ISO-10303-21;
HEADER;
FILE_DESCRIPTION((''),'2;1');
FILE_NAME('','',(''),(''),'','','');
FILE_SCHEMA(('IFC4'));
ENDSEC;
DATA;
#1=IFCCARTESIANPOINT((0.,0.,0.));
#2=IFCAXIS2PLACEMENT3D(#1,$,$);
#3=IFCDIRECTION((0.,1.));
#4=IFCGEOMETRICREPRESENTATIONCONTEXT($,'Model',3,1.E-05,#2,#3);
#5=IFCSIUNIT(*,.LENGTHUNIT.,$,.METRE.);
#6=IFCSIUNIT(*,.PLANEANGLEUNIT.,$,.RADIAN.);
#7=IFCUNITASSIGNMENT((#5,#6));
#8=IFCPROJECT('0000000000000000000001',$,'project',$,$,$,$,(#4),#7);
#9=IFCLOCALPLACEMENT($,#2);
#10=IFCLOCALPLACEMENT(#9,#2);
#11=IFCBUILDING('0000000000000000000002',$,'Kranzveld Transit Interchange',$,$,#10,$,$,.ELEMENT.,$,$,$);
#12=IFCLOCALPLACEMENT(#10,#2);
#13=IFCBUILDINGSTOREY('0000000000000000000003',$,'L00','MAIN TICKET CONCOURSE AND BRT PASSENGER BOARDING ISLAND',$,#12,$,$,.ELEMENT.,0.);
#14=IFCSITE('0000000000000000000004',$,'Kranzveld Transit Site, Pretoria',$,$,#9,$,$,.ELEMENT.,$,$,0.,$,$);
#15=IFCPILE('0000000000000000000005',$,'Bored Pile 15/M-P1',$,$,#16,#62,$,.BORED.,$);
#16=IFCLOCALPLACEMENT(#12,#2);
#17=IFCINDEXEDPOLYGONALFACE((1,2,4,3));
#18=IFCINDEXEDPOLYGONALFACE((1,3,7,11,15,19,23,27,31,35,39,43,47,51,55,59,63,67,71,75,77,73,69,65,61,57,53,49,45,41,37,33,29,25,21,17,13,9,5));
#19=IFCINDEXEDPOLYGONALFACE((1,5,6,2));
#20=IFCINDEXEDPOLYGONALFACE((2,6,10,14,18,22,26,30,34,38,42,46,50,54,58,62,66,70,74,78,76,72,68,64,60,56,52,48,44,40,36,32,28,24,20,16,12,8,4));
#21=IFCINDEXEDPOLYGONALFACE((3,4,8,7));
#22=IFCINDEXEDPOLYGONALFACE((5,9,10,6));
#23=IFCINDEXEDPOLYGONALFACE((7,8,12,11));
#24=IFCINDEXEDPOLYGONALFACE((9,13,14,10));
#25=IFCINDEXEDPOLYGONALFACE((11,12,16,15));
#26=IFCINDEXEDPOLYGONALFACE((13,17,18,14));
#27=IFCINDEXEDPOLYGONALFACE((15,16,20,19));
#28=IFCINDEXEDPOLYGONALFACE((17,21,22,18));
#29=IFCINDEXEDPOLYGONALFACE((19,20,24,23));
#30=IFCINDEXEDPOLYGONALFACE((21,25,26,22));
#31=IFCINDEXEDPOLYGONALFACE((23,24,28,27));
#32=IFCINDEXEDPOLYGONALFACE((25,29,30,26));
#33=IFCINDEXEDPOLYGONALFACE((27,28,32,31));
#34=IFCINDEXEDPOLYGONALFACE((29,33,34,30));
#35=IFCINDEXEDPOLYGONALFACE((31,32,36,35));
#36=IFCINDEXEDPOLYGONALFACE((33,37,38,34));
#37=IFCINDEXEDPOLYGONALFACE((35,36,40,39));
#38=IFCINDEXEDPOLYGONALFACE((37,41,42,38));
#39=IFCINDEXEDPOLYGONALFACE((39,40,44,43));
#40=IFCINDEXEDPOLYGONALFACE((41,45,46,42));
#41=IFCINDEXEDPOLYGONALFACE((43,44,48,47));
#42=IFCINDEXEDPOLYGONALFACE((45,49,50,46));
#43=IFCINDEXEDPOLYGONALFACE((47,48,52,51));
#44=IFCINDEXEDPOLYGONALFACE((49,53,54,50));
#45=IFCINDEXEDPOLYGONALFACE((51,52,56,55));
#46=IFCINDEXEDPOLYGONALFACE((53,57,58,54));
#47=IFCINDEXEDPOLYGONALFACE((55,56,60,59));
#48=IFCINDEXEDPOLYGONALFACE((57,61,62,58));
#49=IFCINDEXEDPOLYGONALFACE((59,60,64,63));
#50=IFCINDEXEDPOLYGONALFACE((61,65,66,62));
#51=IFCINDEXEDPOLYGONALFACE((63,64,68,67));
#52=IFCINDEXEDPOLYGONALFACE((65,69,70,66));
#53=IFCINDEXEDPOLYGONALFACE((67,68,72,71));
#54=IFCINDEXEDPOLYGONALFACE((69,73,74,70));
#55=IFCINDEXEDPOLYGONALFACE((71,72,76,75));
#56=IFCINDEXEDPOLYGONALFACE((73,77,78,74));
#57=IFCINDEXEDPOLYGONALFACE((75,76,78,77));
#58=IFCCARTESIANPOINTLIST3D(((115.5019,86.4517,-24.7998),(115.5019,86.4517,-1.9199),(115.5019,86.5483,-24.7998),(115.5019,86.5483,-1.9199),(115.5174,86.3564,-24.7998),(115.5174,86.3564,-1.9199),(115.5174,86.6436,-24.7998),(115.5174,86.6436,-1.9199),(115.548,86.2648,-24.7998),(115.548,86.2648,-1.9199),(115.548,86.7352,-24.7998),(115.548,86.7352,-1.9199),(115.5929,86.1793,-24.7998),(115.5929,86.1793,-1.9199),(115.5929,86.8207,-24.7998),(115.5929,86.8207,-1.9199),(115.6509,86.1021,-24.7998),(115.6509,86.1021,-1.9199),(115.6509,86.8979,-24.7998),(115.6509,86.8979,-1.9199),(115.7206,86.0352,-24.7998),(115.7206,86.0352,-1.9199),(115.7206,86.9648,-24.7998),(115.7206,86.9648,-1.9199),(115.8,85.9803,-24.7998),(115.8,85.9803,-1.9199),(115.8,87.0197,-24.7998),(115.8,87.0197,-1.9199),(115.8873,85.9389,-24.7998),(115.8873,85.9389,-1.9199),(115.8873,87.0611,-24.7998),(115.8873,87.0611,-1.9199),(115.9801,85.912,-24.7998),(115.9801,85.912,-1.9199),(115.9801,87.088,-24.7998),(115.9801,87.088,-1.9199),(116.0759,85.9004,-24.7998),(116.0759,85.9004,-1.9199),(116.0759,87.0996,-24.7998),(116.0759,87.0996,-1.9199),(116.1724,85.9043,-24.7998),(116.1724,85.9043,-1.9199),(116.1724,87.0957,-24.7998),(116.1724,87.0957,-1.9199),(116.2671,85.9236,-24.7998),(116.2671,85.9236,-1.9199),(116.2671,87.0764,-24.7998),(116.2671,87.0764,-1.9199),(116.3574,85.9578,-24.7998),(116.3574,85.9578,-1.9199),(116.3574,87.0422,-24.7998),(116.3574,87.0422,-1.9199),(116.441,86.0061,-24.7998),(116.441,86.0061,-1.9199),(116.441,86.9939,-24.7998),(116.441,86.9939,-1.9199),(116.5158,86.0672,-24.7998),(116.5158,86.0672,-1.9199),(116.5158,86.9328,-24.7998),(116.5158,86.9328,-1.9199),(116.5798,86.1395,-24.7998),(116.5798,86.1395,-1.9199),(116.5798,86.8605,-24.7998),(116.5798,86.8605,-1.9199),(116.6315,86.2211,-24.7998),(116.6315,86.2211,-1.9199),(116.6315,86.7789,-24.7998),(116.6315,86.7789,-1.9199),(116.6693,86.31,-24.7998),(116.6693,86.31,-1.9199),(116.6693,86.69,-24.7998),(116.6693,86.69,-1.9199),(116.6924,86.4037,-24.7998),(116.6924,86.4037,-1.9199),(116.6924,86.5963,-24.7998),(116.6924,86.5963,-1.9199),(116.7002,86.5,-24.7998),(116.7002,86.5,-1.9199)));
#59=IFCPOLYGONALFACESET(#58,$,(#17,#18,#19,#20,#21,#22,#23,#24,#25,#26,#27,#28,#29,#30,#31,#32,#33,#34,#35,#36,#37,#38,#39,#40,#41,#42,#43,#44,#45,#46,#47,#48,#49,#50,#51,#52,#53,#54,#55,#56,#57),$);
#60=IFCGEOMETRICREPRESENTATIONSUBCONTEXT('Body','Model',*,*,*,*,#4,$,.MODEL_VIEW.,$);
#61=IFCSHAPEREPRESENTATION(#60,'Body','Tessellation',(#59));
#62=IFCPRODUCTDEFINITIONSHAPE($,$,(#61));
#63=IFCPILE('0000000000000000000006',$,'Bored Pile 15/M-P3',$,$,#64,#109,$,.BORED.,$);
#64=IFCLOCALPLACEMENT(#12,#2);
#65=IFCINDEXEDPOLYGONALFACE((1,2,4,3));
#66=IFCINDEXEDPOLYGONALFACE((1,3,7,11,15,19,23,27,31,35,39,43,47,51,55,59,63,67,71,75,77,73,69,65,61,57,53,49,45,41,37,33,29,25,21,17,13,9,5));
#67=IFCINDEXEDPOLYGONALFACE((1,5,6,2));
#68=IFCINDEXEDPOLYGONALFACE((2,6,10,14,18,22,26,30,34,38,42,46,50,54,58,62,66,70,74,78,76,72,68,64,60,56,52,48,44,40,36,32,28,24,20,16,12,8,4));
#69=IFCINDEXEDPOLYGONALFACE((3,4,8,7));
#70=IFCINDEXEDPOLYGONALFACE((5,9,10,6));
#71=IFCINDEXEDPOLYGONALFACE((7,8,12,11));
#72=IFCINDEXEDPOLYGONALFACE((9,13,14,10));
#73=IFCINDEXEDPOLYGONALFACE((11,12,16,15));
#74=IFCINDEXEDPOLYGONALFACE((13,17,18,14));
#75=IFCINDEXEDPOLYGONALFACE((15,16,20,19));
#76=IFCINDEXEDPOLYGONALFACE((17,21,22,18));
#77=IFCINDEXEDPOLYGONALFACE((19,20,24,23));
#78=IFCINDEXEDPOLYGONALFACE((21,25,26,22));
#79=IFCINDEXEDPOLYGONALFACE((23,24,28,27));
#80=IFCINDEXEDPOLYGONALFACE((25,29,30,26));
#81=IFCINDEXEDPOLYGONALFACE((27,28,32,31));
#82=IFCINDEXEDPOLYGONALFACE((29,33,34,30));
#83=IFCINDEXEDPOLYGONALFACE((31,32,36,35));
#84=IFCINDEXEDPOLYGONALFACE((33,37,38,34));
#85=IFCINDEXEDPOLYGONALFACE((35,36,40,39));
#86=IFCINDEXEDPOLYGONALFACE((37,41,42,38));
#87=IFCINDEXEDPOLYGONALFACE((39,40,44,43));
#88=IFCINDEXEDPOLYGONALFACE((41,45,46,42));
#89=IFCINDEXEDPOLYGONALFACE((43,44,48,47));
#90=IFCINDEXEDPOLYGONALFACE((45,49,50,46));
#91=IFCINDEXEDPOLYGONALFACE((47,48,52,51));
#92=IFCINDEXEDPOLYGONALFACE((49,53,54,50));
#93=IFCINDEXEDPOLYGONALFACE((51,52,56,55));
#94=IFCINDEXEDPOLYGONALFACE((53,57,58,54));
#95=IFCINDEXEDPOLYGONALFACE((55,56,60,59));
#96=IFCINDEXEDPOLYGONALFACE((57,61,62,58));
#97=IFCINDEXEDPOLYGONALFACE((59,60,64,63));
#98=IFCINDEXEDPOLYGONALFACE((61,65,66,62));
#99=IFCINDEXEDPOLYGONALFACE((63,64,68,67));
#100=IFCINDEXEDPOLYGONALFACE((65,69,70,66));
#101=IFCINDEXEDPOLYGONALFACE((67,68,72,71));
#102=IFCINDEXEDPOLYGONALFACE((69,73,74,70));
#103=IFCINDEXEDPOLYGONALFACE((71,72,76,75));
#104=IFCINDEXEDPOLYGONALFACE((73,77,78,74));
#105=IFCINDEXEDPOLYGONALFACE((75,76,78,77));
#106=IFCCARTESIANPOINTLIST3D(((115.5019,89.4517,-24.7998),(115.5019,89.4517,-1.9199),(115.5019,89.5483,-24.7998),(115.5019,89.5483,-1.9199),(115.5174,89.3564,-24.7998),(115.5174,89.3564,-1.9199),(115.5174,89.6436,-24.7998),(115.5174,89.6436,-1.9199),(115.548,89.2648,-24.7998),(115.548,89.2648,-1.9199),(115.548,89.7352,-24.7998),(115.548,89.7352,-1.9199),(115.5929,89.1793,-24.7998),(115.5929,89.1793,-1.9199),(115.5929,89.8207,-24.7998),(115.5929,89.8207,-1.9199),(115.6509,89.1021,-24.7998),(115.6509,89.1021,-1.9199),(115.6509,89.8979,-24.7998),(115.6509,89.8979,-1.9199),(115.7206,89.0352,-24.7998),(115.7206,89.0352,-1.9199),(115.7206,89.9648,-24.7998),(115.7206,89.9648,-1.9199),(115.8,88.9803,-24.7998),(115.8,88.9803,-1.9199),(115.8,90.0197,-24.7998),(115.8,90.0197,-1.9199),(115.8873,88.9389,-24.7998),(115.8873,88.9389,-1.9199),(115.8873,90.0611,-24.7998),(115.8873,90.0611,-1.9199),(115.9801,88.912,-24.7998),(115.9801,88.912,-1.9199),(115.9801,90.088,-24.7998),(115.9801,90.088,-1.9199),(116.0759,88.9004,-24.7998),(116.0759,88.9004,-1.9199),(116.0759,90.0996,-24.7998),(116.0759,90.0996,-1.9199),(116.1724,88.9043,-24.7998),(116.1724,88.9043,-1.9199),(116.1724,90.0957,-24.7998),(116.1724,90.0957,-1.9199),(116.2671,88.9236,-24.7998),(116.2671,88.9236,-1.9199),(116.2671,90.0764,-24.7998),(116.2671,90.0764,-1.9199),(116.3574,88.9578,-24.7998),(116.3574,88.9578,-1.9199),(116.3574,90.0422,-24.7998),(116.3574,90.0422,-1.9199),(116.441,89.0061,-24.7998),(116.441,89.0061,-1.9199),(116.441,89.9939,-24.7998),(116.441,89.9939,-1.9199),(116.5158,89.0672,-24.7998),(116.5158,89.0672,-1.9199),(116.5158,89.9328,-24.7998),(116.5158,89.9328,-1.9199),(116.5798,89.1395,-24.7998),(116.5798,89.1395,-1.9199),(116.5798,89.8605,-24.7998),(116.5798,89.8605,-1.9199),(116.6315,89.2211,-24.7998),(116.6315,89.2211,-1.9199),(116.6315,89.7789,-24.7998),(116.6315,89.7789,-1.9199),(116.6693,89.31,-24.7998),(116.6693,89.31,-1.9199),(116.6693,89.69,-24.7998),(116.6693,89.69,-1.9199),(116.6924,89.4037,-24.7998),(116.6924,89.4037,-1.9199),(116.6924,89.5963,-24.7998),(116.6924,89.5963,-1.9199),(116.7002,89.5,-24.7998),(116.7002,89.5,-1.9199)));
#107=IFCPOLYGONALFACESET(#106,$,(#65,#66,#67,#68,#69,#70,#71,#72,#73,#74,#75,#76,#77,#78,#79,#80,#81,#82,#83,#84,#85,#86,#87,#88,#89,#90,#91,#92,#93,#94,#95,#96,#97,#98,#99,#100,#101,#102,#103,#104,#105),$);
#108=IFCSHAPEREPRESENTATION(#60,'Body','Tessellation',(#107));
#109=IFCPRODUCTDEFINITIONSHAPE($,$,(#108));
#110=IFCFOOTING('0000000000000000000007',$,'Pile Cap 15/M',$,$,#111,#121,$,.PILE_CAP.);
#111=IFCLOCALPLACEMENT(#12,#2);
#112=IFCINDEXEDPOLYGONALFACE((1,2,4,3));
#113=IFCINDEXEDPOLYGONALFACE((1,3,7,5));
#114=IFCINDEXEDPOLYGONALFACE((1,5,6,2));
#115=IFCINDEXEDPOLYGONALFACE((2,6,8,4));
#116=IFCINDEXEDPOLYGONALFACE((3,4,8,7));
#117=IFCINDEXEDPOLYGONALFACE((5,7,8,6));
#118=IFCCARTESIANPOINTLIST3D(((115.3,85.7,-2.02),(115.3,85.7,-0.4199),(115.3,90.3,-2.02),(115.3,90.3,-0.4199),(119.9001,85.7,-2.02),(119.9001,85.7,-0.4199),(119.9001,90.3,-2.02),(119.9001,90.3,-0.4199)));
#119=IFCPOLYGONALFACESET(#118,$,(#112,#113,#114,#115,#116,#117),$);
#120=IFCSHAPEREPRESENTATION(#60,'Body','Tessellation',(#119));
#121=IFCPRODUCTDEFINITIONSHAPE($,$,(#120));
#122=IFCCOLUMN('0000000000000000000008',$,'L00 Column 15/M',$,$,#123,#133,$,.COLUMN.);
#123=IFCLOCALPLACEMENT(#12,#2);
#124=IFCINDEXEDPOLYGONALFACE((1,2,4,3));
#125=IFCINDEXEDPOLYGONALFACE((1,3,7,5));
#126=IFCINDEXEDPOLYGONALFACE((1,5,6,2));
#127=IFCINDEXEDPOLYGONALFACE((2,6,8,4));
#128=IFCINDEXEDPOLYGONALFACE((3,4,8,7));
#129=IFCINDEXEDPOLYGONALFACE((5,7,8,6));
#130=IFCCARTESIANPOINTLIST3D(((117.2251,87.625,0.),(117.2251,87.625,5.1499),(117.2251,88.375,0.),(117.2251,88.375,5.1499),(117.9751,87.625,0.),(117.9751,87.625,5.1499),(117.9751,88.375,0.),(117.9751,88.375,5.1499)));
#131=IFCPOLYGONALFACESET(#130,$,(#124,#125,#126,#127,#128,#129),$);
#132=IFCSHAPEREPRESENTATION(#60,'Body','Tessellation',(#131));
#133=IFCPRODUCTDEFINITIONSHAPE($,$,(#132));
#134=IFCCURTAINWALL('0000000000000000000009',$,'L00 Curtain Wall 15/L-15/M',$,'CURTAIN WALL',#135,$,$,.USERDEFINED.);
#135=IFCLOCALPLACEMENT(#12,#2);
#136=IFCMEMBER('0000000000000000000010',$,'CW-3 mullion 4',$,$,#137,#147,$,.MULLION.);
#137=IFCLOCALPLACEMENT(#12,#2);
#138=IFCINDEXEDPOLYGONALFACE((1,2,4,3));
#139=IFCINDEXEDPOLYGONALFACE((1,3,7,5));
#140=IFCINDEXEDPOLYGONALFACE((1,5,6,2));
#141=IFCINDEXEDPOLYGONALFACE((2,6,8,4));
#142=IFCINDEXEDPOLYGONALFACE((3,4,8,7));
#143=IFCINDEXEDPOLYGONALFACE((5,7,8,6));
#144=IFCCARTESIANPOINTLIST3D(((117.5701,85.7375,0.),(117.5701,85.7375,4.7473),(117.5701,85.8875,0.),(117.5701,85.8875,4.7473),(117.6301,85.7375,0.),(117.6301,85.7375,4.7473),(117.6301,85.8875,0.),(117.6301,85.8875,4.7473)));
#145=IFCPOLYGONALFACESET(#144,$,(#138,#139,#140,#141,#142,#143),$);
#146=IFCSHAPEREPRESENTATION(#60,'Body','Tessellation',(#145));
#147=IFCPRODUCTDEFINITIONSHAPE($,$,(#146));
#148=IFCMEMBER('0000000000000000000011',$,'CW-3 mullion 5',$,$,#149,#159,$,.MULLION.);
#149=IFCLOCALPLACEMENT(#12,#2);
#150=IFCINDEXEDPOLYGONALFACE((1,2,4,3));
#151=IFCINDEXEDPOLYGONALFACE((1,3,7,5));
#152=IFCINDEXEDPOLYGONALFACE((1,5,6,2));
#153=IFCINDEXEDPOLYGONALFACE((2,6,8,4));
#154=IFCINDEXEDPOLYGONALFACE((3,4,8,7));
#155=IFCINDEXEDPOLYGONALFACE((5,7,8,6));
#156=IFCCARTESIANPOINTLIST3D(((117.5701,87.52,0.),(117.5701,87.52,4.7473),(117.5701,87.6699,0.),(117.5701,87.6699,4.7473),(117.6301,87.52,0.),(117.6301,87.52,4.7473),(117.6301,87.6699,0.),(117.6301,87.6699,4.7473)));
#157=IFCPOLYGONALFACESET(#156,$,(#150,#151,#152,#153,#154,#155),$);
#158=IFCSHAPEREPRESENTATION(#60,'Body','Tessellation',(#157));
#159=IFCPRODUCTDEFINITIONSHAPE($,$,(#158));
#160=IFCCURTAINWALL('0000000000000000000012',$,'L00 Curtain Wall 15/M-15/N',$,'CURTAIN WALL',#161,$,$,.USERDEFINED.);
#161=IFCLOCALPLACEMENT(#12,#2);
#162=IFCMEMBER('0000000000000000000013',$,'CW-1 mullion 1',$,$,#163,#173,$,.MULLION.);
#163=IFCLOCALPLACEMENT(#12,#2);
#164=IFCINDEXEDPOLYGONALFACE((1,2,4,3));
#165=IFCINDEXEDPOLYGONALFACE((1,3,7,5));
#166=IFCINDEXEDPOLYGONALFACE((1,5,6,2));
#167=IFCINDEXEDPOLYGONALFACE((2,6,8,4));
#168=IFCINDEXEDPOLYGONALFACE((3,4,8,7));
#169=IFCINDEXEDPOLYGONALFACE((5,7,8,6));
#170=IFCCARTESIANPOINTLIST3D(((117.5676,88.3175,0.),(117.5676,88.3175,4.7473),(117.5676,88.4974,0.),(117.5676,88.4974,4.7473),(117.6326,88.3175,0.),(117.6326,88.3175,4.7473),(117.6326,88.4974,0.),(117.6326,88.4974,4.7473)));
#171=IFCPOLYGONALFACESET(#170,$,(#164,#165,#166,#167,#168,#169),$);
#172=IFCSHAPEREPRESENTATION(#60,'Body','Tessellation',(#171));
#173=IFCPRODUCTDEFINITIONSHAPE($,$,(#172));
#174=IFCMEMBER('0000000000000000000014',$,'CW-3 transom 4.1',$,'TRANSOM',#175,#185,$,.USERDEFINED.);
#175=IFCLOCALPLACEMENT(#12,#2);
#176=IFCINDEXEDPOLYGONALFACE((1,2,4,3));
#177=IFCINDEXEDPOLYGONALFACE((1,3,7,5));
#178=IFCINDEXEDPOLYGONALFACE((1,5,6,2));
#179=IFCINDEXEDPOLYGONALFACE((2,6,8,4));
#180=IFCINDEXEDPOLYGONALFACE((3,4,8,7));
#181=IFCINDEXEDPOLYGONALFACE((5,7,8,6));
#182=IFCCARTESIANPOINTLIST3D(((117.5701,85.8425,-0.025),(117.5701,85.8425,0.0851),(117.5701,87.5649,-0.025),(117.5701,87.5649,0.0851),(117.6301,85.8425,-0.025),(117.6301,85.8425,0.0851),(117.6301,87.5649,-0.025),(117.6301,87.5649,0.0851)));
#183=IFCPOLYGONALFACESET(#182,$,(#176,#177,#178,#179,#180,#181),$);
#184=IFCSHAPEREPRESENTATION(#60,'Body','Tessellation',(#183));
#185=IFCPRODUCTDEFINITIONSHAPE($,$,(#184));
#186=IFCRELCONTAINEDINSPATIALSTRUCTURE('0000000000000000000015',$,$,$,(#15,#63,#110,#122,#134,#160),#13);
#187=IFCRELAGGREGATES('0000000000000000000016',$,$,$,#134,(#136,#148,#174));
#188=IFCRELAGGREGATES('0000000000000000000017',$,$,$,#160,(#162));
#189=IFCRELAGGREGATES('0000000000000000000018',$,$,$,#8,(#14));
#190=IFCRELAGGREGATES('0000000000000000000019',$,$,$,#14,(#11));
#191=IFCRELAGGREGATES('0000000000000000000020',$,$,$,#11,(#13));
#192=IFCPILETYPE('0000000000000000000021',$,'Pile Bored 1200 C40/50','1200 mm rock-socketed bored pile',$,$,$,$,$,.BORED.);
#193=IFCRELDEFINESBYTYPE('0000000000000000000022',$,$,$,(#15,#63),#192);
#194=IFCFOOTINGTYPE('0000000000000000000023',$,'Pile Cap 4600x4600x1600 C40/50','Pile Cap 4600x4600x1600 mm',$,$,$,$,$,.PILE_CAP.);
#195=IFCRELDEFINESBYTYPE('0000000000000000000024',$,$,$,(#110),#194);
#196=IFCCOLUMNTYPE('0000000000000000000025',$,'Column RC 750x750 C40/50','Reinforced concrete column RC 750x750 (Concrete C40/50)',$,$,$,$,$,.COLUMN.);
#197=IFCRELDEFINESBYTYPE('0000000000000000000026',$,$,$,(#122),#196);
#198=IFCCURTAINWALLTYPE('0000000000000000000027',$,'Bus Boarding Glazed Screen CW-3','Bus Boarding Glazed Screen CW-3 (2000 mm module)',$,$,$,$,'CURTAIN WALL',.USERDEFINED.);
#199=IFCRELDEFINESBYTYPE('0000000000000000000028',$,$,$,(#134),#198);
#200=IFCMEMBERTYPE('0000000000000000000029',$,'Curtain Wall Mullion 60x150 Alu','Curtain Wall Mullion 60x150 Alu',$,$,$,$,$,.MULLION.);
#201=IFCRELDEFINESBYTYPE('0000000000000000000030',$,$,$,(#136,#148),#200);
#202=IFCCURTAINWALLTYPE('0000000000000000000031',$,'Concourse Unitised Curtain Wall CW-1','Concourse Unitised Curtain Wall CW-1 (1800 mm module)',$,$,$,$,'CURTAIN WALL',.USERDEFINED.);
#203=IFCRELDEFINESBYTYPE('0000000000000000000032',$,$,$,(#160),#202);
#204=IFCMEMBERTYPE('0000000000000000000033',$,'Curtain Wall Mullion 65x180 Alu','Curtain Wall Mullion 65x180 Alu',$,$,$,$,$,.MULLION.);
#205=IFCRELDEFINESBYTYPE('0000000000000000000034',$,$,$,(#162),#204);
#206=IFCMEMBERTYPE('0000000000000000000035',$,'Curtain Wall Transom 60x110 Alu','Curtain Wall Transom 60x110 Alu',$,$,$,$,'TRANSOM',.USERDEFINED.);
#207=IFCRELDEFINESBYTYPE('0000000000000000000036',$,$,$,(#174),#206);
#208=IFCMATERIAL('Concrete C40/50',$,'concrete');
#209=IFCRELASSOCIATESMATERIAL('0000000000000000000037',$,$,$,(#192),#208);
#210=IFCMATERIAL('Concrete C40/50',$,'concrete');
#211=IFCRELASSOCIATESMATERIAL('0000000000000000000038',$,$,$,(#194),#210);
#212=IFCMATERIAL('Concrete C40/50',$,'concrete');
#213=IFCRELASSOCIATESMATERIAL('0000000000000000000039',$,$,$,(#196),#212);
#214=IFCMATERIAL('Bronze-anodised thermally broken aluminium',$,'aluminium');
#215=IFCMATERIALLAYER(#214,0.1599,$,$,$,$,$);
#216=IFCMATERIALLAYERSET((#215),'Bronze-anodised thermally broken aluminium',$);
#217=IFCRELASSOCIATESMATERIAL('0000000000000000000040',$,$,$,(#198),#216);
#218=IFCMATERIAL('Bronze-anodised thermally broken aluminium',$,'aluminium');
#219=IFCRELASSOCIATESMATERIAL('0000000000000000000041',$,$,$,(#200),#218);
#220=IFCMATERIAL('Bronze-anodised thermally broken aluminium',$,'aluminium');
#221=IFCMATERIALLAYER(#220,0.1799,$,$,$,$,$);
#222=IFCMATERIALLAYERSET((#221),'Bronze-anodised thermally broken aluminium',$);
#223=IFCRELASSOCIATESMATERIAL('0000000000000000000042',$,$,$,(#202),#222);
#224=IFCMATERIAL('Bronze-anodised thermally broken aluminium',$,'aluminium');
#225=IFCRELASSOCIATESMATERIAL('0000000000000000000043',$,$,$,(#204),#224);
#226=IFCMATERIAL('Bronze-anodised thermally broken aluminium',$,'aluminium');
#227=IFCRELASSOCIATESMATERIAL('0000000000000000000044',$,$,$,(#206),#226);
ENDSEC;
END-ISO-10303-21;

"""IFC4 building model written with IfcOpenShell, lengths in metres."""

from ifc_helpers import new_model, si_unit, direction, frame, origin, origin_2d, place, context, subcontext, project, spatial, rectangle, circle, extrude, material, layer, layer_set, material_profile, profile_set, type_object, element, aggregate, save


model = new_model("IFC4")

# Units and contexts
model_context = context("Model", 3, precision=1e-05, world=origin(), true_north=direction((0.0, 1.0)))
body_context = subcontext(model_context, "Body", "Model", "MODEL_VIEW")
ifc_project = project(units=[si_unit("LENGTHUNIT", "METRE"), si_unit("PLANEANGLEUNIT", "RADIAN")], contexts=[model_context])

# Site, building, storey
site_placement = place(None, origin())
site = spatial("IfcSite", under=ifc_project, at=site_placement, Name="Kranzveld Transit Site, Pretoria", CompositionType="ELEMENT", RefElevation=0.0)
building_placement = place(site_placement, origin())
building = spatial("IfcBuilding", under=site, at=building_placement, Name="Kranzveld Transit Interchange", CompositionType="ELEMENT")
storey_placement = place(building_placement, origin())
storey = spatial("IfcBuildingStorey", under=building, at=storey_placement, Name="L00", Description="MAIN TICKET CONCOURSE AND BRT PASSENGER BOARDING ISLAND", CompositionType="ELEMENT", Elevation=0.0)

# Piles
ifc_material_1 = material(Name="Concrete C40/50", Category="concrete")
ifc_material_profile_1 = material_profile(ifc_material_1, circle(Radius=0.6001, at=origin_2d()), Name="BORED PILE 1200")
ifc_profile_set_1 = profile_set([ifc_material_profile_1], Name="Concrete C40/50")
pile_type_1 = type_object("IfcPileType", Name="Pile Bored 1200 C40/50", Description="1200 mm rock-socketed bored pile", PredefinedType="BORED", material=ifc_profile_set_1)
for number, where, z_axis, x_axis, name in (
    (1, (116.1001, 86.5, -1.9199), (0.0, 0.0, -1.0), (1.0, 0.0, 0.0), "Bored Pile 15/M-P1"),
    (2, (116.1001, 89.5, -1.9199), (0.0, 0.0, -1.0), (1.0, 0.0, 0.0), "Bored Pile 15/M-P3"),
):
    element("IfcPile", number, at=place(storey_placement, frame(where, z_axis=z_axis, x_axis=x_axis)), inside=storey, type_object=pile_type_1, Name=name, PredefinedType="BORED", context=body_context, shape_type="SweptSolid", body=[
        extrude(circle(Radius=0.6001, at=origin_2d()), origin(), (0.0, 0.0, 1.0), 22.8799),
    ])

# Footing
ifc_material_2 = material(Name="Concrete C40/50", Category="concrete")
footing_type = type_object("IfcFootingType", Name="Pile Cap 4600x4600x1600 C40/50", Description="Pile Cap 4600x4600x1600 mm", PredefinedType="PILE_CAP", material=ifc_material_2)
footing_placement = place(storey_placement, frame((117.6001, 88.0, -2.02), z_axis=(0.0, 0.0, 1.0), x_axis=(1.0, 0.0, 0.0)))
element("IfcFooting", 3, at=footing_placement, inside=storey, type_object=footing_type, Name="Pile Cap 15/M", PredefinedType="PILE_CAP", context=body_context, shape_type="SweptSolid", body=[
    extrude(rectangle(XDim=4.6001, YDim=4.6001, at=origin_2d()), origin(), (0.0, 0.0, 1.0), 1.6001),
])

# Column
ifc_material_3 = material(Name="Concrete C40/50", Category="concrete")
ifc_material_profile_2 = material_profile(ifc_material_3, rectangle(XDim=0.75, YDim=0.75, at=origin_2d()), Name="RC 750x750")
ifc_profile_set_2 = profile_set([ifc_material_profile_2], Name="Concrete C40/50")
column_type = type_object("IfcColumnType", Name="Column RC 750x750 C40/50", Description="Reinforced concrete column RC 750x750 (Concrete C40/50)", PredefinedType="COLUMN", material=ifc_profile_set_2)
column_placement = place(storey_placement, frame((117.6001, 88.0, 0.0), z_axis=(0.0, 0.0, 1.0), x_axis=(1.0, 0.0, 0.0)))
element("IfcColumn", 4, at=column_placement, inside=storey, type_object=column_type, Name="L00 Column 15/M", PredefinedType="COLUMN", context=body_context, shape_type="SweptSolid", body=[
    extrude(rectangle(XDim=0.75, YDim=0.75, at=origin_2d()), origin(), (0.0, 0.0, 1.0), 5.1499),
])

# Curtain wall, members
ifc_material_4 = material(Name="Bronze-anodised thermally broken aluminium", Category="aluminium")
ifc_layer_1 = layer(ifc_material_4, 0.1599)
ifc_layer_set_1 = layer_set([ifc_layer_1], Name="Bronze-anodised thermally broken aluminium")
curtain_wall_type_1 = type_object("IfcCurtainWallType", Name="Bus Boarding Glazed Screen CW-3", Description="Bus Boarding Glazed Screen CW-3 (2000 mm module)", ElementType="CURTAIN WALL", PredefinedType="USERDEFINED", material=ifc_layer_set_1)
curtain_wall_1_placement = place(storey_placement, origin())
curtain_wall_1 = element("IfcCurtainWall", 5, at=curtain_wall_1_placement, inside=storey, type_object=curtain_wall_type_1, Name="L00 Curtain Wall 15/L-15/M", ObjectType="CURTAIN WALL", PredefinedType="USERDEFINED")
ifc_material_5 = material(Name="Bronze-anodised thermally broken aluminium", Category="aluminium")
ifc_material_profile_3 = material_profile(ifc_material_5, rectangle(XDim=0.0601, YDim=0.1499, at=origin_2d()), Name="ALU MULLION 60x150")
ifc_profile_set_3 = profile_set([ifc_material_profile_3], Name="Bronze-anodised thermally broken aluminium")
member_type_1 = type_object("IfcMemberType", Name="Curtain Wall Mullion 60x150 Alu", Description="Curtain Wall Mullion 60x150 Alu", PredefinedType="MULLION", material=ifc_profile_set_3)
member_1_placement = place(storey_placement, frame((117.6001, 85.8125, 0.0), z_axis=(0.0, 0.0, 1.0), x_axis=(-1.0, 0.0, 0.0)))
member_1 = element("IfcMember", 6, at=member_1_placement, type_object=member_type_1, Name="CW-3 mullion 4", PredefinedType="MULLION", context=body_context, shape_type="SweptSolid", body=[
    extrude(rectangle(XDim=0.0601, YDim=0.1499, at=origin_2d()), origin(), (0.0, 0.0, 1.0), 4.7473),
])
member_2_placement = place(storey_placement, frame((117.6001, 87.595, 0.0), z_axis=(0.0, 0.0, 1.0), x_axis=(-1.0, 0.0, 0.0)))
member_2 = element("IfcMember", 7, at=member_2_placement, type_object=member_type_1, Name="CW-3 mullion 5", PredefinedType="MULLION", context=body_context, shape_type="SweptSolid", body=[
    extrude(rectangle(XDim=0.0601, YDim=0.1499, at=origin_2d()), origin(), (0.0, 0.0, 1.0), 4.7473),
])

# Curtain wall, member
ifc_material_6 = material(Name="Bronze-anodised thermally broken aluminium", Category="aluminium")
ifc_layer_2 = layer(ifc_material_6, 0.1799)
ifc_layer_set_2 = layer_set([ifc_layer_2], Name="Bronze-anodised thermally broken aluminium")
curtain_wall_type_2 = type_object("IfcCurtainWallType", Name="Concourse Unitised Curtain Wall CW-1", Description="Concourse Unitised Curtain Wall CW-1 (1800 mm module)", ElementType="CURTAIN WALL", PredefinedType="USERDEFINED", material=ifc_layer_set_2)
curtain_wall_2_placement = place(storey_placement, origin())
curtain_wall_2 = element("IfcCurtainWall", 8, at=curtain_wall_2_placement, inside=storey, type_object=curtain_wall_type_2, Name="L00 Curtain Wall 15/M-15/N", ObjectType="CURTAIN WALL", PredefinedType="USERDEFINED")
ifc_material_7 = material(Name="Bronze-anodised thermally broken aluminium", Category="aluminium")
ifc_material_profile_4 = material_profile(ifc_material_7, rectangle(XDim=0.0649, YDim=0.1799, at=origin_2d()), Name="ALU MULLION 65x180")
ifc_profile_set_4 = profile_set([ifc_material_profile_4], Name="Bronze-anodised thermally broken aluminium")
member_type_2 = type_object("IfcMemberType", Name="Curtain Wall Mullion 65x180 Alu", Description="Curtain Wall Mullion 65x180 Alu", PredefinedType="MULLION", material=ifc_profile_set_4)
member_3_placement = place(storey_placement, frame((117.6001, 88.4075, 0.0), z_axis=(0.0, 0.0, 1.0), x_axis=(-1.0, 0.0, 0.0)))
member_3 = element("IfcMember", 9, at=member_3_placement, type_object=member_type_2, Name="CW-1 mullion 1", PredefinedType="MULLION", context=body_context, shape_type="SweptSolid", body=[
    extrude(rectangle(XDim=0.0649, YDim=0.1799, at=origin_2d()), origin(), (0.0, 0.0, 1.0), 4.7473),
])

# Member
ifc_material_8 = material(Name="Bronze-anodised thermally broken aluminium", Category="aluminium")
ifc_material_profile_5 = material_profile(ifc_material_8, rectangle(XDim=0.0601, YDim=0.1101, at=origin_2d()), Name="ALU TRANSOM 60x110")
ifc_profile_set_5 = profile_set([ifc_material_profile_5], Name="Bronze-anodised thermally broken aluminium")
member_type_3 = type_object("IfcMemberType", Name="Curtain Wall Transom 60x110 Alu", Description="Curtain Wall Transom 60x110 Alu", ElementType="TRANSOM", PredefinedType="USERDEFINED", material=ifc_profile_set_5)
member_4_placement = place(storey_placement, frame((117.6001, 85.8425, 0.03), z_axis=(0.0, 1.0, 0.0), x_axis=(-1.0, 0.0, 0.0)))
member_4 = element("IfcMember", 10, at=member_4_placement, type_object=member_type_3, Name="CW-3 transom 4.1", ObjectType="TRANSOM", PredefinedType="USERDEFINED", context=body_context, shape_type="SweptSolid", body=[
    extrude(rectangle(XDim=0.0601, YDim=0.1101, at=origin_2d()), origin(), (0.0, 0.0, 1.0), 1.7224),
])

aggregate(curtain_wall_1, [member_1, member_2, member_4])
aggregate(curtain_wall_2, [member_3])

save(model, "model.ifc")
